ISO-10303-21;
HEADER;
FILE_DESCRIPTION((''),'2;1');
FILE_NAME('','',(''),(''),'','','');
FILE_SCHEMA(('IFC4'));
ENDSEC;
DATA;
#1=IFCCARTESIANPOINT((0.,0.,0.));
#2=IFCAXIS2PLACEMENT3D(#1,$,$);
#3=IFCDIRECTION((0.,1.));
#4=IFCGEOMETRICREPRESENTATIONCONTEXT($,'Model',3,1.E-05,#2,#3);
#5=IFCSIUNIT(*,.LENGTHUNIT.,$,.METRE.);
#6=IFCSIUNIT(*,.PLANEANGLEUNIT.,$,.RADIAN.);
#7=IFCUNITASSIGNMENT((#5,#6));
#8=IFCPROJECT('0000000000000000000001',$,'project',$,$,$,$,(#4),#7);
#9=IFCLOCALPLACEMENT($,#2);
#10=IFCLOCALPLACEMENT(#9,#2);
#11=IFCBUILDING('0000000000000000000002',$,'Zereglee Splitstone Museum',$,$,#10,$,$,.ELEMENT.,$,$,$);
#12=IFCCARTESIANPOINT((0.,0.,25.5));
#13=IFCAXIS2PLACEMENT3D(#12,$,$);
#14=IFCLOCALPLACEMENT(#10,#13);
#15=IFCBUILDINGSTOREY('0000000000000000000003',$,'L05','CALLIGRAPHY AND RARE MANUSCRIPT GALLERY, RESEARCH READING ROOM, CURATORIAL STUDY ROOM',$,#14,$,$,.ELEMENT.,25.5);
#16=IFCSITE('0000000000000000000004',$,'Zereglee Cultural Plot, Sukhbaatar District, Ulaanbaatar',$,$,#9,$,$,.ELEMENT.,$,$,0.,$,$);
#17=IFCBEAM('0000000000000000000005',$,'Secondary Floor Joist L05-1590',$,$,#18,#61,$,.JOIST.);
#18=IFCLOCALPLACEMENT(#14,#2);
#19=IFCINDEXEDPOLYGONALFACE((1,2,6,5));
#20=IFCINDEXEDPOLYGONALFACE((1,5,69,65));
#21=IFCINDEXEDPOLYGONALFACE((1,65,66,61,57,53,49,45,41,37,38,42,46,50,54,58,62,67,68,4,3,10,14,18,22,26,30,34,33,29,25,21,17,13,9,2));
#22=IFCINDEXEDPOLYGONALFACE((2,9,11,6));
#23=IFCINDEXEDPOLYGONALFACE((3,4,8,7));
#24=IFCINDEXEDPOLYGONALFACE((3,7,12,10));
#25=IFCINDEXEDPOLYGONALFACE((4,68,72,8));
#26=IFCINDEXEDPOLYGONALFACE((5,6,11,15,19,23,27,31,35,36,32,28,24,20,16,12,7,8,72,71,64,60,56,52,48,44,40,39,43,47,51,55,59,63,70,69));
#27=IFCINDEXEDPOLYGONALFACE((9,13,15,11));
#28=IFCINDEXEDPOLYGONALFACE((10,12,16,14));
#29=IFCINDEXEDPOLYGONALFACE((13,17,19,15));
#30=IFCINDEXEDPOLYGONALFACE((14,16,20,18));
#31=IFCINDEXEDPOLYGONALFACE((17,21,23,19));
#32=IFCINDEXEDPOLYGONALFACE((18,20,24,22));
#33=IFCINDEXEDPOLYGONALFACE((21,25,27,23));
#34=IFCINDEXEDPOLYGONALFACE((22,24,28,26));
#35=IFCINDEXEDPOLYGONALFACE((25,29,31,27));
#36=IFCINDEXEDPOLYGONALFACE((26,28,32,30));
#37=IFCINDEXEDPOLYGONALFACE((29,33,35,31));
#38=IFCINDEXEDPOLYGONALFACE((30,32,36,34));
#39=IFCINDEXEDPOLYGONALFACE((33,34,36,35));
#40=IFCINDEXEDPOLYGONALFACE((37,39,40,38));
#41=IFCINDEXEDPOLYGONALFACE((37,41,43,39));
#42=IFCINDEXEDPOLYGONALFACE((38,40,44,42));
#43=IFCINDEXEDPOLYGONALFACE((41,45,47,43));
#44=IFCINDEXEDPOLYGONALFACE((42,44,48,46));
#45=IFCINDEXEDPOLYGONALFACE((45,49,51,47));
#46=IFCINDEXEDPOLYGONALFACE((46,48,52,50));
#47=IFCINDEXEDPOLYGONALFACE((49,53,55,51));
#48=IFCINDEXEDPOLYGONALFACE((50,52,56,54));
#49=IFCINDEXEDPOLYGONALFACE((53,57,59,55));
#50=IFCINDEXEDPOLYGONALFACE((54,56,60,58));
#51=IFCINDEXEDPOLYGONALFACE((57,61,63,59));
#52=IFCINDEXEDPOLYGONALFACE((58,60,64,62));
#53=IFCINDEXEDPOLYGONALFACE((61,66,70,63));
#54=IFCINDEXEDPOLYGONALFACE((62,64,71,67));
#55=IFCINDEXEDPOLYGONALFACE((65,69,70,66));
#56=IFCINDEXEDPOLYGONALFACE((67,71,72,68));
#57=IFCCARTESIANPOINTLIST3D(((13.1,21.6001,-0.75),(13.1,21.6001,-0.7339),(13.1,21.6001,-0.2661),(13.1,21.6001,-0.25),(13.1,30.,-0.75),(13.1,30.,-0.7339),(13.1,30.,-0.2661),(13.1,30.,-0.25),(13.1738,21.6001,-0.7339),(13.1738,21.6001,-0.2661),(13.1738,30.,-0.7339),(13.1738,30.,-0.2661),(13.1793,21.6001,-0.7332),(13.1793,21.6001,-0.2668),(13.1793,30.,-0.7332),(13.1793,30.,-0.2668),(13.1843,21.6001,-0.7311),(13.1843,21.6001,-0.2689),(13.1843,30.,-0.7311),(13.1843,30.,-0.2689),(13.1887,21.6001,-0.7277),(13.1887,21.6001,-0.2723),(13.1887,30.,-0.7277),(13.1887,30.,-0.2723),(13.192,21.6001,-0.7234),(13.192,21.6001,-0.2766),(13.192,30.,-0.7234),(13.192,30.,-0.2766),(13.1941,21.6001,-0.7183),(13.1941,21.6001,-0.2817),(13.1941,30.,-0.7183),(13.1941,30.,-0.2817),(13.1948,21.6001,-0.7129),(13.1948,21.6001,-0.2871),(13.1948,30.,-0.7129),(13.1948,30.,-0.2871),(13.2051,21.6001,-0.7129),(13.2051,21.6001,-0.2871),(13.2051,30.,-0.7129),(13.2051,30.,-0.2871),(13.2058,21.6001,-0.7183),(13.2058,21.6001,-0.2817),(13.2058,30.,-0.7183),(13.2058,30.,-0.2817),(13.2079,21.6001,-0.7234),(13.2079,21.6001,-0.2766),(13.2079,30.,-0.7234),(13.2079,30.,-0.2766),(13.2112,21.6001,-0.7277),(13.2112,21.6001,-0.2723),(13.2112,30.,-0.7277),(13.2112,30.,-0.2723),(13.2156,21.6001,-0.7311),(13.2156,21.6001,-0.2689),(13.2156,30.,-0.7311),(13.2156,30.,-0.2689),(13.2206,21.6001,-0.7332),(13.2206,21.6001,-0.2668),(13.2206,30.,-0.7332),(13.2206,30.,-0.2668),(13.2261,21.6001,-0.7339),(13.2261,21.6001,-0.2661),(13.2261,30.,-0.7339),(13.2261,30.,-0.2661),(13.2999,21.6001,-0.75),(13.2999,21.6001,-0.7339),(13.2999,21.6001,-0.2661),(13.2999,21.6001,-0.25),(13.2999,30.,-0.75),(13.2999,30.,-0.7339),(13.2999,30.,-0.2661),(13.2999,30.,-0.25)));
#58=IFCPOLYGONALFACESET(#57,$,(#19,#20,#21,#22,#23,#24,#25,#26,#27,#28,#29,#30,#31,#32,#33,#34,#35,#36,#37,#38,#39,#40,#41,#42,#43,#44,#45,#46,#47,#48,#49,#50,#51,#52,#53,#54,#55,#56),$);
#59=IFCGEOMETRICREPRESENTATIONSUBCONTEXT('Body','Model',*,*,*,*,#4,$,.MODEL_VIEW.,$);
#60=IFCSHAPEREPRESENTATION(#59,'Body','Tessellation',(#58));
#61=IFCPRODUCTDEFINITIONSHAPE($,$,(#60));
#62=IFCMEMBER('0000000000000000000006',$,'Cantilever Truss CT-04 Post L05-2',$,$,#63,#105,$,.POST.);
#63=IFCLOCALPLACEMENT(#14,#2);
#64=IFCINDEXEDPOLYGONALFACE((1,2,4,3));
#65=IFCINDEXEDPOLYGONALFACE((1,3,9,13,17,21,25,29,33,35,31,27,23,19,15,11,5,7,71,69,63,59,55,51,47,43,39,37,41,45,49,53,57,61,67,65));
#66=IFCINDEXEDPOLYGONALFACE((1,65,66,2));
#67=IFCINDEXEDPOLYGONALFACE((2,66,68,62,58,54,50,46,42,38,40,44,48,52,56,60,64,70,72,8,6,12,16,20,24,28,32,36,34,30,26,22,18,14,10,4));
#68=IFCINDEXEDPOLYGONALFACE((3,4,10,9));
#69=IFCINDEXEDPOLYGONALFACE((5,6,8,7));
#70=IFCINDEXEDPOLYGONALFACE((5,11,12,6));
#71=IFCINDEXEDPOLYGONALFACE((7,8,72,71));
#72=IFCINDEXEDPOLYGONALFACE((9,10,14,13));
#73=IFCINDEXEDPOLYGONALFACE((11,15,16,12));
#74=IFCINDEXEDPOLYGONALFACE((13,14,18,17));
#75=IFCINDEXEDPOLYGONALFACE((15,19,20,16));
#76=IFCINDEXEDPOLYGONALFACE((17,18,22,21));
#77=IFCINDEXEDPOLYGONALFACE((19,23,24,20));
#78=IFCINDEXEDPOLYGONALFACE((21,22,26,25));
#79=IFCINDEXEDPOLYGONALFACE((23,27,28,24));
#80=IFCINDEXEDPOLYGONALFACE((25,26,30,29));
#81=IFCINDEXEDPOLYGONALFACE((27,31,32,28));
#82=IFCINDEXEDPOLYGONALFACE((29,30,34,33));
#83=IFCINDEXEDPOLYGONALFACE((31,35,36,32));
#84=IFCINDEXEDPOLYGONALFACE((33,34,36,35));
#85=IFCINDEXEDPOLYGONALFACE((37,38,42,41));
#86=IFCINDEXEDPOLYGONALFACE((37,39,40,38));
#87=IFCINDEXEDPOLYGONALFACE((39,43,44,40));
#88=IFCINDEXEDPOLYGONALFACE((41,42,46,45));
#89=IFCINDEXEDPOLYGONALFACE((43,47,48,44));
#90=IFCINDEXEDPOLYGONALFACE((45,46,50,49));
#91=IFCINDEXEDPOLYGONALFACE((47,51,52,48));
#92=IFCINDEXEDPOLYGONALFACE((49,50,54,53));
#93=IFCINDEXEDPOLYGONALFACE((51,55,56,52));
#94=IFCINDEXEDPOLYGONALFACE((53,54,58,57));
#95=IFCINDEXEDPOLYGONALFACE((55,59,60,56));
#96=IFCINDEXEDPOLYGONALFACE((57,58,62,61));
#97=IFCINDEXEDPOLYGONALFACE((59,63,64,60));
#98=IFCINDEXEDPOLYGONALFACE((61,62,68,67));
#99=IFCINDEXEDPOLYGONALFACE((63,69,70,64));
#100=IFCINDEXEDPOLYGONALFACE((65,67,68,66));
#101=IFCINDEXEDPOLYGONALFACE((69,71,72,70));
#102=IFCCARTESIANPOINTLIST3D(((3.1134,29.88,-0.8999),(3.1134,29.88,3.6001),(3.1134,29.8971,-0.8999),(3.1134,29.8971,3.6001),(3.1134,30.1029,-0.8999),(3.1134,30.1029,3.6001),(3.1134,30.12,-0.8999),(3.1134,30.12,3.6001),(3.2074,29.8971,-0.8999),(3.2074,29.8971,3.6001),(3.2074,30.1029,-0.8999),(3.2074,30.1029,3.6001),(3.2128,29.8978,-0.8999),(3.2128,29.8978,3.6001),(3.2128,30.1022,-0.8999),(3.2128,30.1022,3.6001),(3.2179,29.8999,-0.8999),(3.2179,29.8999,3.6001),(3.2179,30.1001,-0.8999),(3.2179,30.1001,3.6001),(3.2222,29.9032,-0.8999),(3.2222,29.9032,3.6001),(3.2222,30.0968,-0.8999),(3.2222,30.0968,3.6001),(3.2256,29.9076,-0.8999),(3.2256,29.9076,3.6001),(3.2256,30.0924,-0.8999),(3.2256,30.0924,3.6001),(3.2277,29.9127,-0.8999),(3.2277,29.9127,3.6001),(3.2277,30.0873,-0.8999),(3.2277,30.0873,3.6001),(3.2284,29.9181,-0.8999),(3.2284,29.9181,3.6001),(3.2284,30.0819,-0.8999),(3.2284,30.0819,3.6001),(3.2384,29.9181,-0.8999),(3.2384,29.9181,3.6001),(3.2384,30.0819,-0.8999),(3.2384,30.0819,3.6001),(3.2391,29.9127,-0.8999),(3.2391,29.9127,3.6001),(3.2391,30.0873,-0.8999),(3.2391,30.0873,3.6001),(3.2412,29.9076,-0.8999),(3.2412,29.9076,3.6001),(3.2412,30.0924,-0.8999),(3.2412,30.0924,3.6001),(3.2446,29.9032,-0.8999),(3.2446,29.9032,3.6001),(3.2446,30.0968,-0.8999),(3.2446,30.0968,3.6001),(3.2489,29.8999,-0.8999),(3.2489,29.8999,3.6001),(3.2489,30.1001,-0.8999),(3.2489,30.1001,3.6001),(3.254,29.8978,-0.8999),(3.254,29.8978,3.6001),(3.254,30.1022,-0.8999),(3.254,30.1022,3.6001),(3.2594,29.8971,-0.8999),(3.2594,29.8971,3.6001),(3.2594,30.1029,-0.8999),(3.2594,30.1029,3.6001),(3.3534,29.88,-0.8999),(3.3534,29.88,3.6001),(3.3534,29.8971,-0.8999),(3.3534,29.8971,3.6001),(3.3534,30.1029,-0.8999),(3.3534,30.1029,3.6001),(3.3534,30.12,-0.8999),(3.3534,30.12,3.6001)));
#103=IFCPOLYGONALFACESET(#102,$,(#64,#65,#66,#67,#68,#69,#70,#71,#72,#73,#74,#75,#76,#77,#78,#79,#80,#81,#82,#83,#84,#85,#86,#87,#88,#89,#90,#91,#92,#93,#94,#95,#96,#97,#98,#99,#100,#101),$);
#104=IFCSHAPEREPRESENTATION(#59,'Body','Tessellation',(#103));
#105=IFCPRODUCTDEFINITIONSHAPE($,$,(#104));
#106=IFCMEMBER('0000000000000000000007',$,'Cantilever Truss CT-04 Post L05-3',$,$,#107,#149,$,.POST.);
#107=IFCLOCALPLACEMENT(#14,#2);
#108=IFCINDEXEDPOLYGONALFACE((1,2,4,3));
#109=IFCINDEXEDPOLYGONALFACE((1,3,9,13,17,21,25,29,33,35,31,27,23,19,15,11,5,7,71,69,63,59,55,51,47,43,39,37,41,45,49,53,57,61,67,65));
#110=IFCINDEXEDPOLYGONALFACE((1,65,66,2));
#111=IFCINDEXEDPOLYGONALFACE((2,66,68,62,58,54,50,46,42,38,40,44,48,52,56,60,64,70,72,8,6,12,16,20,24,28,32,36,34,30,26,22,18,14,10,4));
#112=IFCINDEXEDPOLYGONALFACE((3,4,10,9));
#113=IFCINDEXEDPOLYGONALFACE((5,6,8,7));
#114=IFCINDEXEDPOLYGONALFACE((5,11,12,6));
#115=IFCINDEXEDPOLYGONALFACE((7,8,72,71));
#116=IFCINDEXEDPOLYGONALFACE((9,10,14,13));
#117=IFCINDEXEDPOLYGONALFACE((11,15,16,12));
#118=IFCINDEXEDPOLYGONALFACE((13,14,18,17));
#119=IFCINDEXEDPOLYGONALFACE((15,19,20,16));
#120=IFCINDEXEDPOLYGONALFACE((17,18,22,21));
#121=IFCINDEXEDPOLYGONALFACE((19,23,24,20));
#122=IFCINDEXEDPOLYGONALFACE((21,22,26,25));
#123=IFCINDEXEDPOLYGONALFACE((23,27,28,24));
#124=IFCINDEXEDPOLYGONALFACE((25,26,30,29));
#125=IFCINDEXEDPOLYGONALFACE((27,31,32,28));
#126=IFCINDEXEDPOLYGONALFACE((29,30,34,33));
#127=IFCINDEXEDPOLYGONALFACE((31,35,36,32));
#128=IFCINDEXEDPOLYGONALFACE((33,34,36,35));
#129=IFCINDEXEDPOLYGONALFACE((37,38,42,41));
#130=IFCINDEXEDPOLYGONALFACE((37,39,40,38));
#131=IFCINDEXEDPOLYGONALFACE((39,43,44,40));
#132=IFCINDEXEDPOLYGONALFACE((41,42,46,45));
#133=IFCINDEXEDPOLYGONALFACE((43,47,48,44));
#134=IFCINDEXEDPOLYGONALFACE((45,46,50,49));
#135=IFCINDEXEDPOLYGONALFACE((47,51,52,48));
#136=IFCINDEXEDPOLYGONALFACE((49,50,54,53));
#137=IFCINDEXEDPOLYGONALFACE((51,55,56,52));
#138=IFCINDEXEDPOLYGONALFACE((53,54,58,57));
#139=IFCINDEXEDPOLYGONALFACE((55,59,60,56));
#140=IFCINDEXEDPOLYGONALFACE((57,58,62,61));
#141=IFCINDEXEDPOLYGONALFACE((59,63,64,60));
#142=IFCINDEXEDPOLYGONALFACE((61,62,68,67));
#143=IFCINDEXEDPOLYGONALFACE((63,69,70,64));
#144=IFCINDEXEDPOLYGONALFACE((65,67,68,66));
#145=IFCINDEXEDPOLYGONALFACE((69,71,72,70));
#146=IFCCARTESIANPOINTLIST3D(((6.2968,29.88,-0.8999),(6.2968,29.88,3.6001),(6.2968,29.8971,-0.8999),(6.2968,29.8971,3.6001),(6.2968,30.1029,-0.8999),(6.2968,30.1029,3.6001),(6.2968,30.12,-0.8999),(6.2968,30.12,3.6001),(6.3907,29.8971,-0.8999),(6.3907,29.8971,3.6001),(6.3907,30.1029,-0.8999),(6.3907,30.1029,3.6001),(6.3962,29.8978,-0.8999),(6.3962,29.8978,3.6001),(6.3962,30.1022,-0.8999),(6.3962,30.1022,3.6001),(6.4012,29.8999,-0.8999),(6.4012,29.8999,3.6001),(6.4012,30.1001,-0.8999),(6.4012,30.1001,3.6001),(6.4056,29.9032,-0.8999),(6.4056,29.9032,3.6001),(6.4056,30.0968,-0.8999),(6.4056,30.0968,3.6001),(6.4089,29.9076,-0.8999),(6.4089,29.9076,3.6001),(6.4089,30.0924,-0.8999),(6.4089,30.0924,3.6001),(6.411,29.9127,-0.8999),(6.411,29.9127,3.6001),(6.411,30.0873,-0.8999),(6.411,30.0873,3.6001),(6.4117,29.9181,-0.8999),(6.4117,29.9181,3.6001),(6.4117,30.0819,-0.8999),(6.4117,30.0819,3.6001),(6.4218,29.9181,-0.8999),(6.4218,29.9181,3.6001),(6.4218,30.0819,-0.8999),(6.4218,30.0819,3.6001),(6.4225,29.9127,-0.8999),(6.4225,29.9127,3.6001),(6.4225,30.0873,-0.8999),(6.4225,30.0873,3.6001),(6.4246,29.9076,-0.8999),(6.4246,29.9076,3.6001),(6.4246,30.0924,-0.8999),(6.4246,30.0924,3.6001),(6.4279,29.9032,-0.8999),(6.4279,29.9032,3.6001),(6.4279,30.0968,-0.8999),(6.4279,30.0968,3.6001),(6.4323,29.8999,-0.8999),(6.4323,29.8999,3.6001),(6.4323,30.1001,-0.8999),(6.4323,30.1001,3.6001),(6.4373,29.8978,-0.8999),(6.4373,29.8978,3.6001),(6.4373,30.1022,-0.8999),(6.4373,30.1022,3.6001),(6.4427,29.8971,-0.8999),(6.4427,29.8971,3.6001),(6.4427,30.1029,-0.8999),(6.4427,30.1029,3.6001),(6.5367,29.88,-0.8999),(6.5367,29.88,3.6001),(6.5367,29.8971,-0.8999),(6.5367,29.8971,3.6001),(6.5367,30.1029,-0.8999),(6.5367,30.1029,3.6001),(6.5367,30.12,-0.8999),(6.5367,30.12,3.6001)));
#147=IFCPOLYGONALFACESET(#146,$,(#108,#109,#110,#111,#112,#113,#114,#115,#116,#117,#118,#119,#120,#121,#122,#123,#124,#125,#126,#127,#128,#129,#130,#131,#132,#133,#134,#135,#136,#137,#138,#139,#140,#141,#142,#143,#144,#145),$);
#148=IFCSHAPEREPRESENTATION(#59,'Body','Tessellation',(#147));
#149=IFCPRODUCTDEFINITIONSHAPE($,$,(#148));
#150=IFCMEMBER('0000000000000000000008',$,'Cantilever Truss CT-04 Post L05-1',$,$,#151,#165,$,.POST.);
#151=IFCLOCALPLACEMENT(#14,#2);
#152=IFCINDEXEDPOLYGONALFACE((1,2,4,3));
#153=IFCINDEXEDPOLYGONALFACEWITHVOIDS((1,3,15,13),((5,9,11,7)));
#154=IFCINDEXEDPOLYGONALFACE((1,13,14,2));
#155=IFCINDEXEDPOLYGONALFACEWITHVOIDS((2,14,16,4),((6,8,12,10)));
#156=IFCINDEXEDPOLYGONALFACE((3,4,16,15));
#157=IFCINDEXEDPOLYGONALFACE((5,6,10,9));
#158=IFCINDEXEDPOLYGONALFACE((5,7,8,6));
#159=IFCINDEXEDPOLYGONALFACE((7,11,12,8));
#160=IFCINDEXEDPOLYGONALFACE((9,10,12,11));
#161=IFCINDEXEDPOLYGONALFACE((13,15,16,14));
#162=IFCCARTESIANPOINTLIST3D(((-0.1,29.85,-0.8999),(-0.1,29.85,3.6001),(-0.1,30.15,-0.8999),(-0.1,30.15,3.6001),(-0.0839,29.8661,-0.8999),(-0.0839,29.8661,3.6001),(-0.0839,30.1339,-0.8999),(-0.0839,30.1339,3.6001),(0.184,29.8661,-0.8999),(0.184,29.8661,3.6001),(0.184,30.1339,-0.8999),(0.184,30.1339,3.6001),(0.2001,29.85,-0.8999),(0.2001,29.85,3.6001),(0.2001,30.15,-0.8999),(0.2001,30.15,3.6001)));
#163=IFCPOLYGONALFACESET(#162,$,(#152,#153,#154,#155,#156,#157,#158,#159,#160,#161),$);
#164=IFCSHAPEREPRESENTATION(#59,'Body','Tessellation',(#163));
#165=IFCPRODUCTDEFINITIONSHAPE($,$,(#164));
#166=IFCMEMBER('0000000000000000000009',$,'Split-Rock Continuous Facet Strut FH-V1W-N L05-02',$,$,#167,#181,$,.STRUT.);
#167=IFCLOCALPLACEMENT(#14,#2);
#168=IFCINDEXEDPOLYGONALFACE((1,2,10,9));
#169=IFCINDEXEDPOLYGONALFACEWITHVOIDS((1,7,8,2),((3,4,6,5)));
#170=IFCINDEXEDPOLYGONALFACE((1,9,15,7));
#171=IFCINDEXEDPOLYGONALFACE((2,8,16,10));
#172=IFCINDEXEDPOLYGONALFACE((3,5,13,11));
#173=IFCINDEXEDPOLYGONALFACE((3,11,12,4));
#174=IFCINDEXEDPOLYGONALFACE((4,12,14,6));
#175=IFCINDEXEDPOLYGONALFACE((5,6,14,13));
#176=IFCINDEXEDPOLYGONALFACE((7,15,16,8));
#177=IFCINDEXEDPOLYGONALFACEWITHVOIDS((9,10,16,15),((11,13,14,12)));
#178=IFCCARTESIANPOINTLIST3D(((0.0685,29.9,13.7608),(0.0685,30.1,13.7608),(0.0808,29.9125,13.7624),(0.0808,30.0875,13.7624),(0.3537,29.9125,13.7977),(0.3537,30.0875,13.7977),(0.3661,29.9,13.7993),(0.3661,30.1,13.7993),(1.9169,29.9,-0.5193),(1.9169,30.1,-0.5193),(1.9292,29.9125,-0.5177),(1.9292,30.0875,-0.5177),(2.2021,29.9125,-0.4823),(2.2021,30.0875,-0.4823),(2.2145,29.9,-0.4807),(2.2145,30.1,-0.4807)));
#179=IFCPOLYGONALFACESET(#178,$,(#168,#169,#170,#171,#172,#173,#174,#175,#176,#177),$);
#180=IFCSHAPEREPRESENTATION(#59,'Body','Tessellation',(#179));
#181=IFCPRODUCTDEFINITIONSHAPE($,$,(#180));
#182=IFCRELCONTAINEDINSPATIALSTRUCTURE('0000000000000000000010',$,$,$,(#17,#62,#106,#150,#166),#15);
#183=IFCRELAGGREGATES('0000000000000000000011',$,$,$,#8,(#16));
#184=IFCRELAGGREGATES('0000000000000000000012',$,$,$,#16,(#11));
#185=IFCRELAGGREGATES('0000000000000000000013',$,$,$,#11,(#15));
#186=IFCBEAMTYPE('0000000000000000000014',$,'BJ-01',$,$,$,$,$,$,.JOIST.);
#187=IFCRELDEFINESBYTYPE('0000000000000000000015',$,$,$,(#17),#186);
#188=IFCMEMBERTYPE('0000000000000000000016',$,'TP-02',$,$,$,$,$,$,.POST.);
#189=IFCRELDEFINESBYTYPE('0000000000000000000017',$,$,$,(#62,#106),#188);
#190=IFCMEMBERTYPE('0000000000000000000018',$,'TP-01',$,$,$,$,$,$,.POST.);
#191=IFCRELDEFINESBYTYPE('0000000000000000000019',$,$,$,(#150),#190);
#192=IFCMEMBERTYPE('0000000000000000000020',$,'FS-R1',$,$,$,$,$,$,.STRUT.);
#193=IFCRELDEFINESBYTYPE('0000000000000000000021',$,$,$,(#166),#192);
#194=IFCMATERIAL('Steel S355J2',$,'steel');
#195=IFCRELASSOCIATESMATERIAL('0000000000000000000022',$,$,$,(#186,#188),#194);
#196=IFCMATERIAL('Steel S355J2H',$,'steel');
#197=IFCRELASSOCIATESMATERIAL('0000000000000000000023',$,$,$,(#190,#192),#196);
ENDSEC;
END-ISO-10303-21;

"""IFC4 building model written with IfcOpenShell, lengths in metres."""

from ifc_helpers import new_model, si_unit, direction, frame, origin, origin_2d, place, context, subcontext, project, spatial, hollow_rectangle, i_section, extrude, material, material_profile, profile_set, type_object, element, save


model = new_model("IFC4")

# Units and contexts
model_context = context("Model", 3, precision=1e-05, world=origin(), true_north=direction((0.0, 1.0)))
body_context = subcontext(model_context, "Body", "Model", "MODEL_VIEW")
ifc_project = project(units=[si_unit("LENGTHUNIT", "METRE"), si_unit("PLANEANGLEUNIT", "RADIAN")], contexts=[model_context])

# Site, building, storey
site_placement = place(None, origin())
site = spatial("IfcSite", under=ifc_project, at=site_placement, Name="Zereglee Cultural Plot, Sukhbaatar District, Ulaanbaatar", CompositionType="ELEMENT", RefElevation=0.0)
building_placement = place(site_placement, origin())
building = spatial("IfcBuilding", under=site, at=building_placement, Name="Zereglee Splitstone Museum", CompositionType="ELEMENT")
storey_placement = place(building_placement, frame((0.0, 0.0, 25.5)))
storey = spatial("IfcBuildingStorey", under=building, at=storey_placement, Name="L05", Description="CALLIGRAPHY AND RARE MANUSCRIPT GALLERY, RESEARCH READING ROOM, CURATORIAL STUDY ROOM", CompositionType="ELEMENT", Elevation=25.5)

# Shared definitions
ifc_material_1 = material(Name="Steel S355J2H", Category="steel")

# Beam
ifc_material_2 = material(Name="Steel S355J2", Category="steel")
ifc_material_profile_1 = material_profile(ifc_material_2, i_section(OverallWidth=0.2, OverallDepth=0.5, WebThickness=0.0103, FlangeThickness=0.0161, FilletRadius=0.021, at=origin_2d()), Name="IPE 500")
ifc_profile_set_1 = profile_set([ifc_material_profile_1], Name="Steel S355J2")
beam_type_1 = type_object("IfcBeamType", Name="BJ-01", PredefinedType="JOIST", material=ifc_profile_set_1)
beam_1_placement = place(storey_placement, frame((13.2, 21.6001, -0.5), z_axis=(0.0, 1.0, 0.0), x_axis=(-1.0, 0.0, 0.0)))
element("IfcBeam", 1, at=beam_1_placement, inside=storey, type_object=beam_type_1, Name="Secondary Floor Joist L05-1590", PredefinedType="JOIST", context=body_context, shape_type="SweptSolid", body=[
    extrude(i_section(OverallWidth=0.2, OverallDepth=0.5, WebThickness=0.0103, FlangeThickness=0.0161, FilletRadius=0.021, at=origin_2d()), origin(), (0.0, 0.0, 1.0), 8.3999),
])

# Members
ifc_material_profile_2 = material_profile(ifc_material_2, i_section(OverallWidth=0.24, OverallDepth=0.24, WebThickness=0.01, FlangeThickness=0.0171, FilletRadius=0.021, at=origin_2d()), Name="HE 240 B")
ifc_profile_set_2 = profile_set([ifc_material_profile_2], Name="Steel S355J2")
member_type_1 = type_object("IfcMemberType", Name="TP-02", PredefinedType="POST", material=ifc_profile_set_2)
for number, where, z_axis, x_axis, name in (
    (2, (3.2334, 30.0, -0.8999), (0.0, 0.0, 1.0), (1.0, 0.0, 0.0), "Cantilever Truss CT-04 Post L05-2"),
    (3, (6.4167, 30.0, -0.8999), (0.0, 0.0, 1.0), (1.0, 0.0, 0.0), "Cantilever Truss CT-04 Post L05-3"),
):
    element("IfcMember", number, at=place(storey_placement, frame(where, z_axis=z_axis, x_axis=x_axis)), inside=storey, type_object=member_type_1, Name=name, PredefinedType="POST", context=body_context, shape_type="SweptSolid", body=[
        extrude(i_section(OverallWidth=0.24, OverallDepth=0.24, WebThickness=0.01, FlangeThickness=0.0171, FilletRadius=0.021, at=origin_2d()), origin(), (0.0, 0.0, 1.0), 4.5),
    ])
ifc_material_profile_3 = material_profile(ifc_material_1, hollow_rectangle(XDim=0.3, YDim=0.3, WallThickness=0.0161, at=origin_2d()), Name="SHS 300x300x16")
ifc_profile_set_3 = profile_set([ifc_material_profile_3], Name="Steel S355J2H")
member_type_2 = type_object("IfcMemberType", Name="TP-01", PredefinedType="POST", material=ifc_profile_set_3)
member_1_placement = place(storey_placement, frame((0.05, 30.0, -0.8999), z_axis=(0.0, 0.0, 1.0), x_axis=(1.0, 0.0, 0.0)))
element("IfcMember", 4, at=member_1_placement, inside=storey, type_object=member_type_2, Name="Cantilever Truss CT-04 Post L05-1", PredefinedType="POST", context=body_context, shape_type="SweptSolid", body=[
    extrude(hollow_rectangle(XDim=0.3, YDim=0.3, WallThickness=0.0161, at=origin_2d()), origin(), (0.0, 0.0, 1.0), 4.5),
])
ifc_material_profile_4 = material_profile(ifc_material_1, hollow_rectangle(XDim=0.2, YDim=0.3, WallThickness=0.0125, at=origin_2d()), Name="RHS 300x200x12.5")
ifc_profile_set_4 = profile_set([ifc_material_profile_4], Name="Steel S355J2H")
member_type_3 = type_object("IfcMemberType", Name="FS-R1", PredefinedType="STRUT", material=ifc_profile_set_4)
member_2_placement = place(storey_placement, frame((2.0657, 30.0, -0.5), z_axis=(-0.128368, 0.0, 0.991727), x_axis=(0.0, -1.0, 0.0)))
element("IfcMember", 5, at=member_2_placement, inside=storey, type_object=member_type_3, Name="Split-Rock Continuous Facet Strut FH-V1W-N L05-02", PredefinedType="STRUT", context=body_context, shape_type="SweptSolid", body=[
    extrude(hollow_rectangle(XDim=0.2, YDim=0.3, WallThickness=0.0125, at=origin_2d()), origin(), (0.0, 0.0, 1.0), 14.3992),
])

save(model, "model.ifc")
